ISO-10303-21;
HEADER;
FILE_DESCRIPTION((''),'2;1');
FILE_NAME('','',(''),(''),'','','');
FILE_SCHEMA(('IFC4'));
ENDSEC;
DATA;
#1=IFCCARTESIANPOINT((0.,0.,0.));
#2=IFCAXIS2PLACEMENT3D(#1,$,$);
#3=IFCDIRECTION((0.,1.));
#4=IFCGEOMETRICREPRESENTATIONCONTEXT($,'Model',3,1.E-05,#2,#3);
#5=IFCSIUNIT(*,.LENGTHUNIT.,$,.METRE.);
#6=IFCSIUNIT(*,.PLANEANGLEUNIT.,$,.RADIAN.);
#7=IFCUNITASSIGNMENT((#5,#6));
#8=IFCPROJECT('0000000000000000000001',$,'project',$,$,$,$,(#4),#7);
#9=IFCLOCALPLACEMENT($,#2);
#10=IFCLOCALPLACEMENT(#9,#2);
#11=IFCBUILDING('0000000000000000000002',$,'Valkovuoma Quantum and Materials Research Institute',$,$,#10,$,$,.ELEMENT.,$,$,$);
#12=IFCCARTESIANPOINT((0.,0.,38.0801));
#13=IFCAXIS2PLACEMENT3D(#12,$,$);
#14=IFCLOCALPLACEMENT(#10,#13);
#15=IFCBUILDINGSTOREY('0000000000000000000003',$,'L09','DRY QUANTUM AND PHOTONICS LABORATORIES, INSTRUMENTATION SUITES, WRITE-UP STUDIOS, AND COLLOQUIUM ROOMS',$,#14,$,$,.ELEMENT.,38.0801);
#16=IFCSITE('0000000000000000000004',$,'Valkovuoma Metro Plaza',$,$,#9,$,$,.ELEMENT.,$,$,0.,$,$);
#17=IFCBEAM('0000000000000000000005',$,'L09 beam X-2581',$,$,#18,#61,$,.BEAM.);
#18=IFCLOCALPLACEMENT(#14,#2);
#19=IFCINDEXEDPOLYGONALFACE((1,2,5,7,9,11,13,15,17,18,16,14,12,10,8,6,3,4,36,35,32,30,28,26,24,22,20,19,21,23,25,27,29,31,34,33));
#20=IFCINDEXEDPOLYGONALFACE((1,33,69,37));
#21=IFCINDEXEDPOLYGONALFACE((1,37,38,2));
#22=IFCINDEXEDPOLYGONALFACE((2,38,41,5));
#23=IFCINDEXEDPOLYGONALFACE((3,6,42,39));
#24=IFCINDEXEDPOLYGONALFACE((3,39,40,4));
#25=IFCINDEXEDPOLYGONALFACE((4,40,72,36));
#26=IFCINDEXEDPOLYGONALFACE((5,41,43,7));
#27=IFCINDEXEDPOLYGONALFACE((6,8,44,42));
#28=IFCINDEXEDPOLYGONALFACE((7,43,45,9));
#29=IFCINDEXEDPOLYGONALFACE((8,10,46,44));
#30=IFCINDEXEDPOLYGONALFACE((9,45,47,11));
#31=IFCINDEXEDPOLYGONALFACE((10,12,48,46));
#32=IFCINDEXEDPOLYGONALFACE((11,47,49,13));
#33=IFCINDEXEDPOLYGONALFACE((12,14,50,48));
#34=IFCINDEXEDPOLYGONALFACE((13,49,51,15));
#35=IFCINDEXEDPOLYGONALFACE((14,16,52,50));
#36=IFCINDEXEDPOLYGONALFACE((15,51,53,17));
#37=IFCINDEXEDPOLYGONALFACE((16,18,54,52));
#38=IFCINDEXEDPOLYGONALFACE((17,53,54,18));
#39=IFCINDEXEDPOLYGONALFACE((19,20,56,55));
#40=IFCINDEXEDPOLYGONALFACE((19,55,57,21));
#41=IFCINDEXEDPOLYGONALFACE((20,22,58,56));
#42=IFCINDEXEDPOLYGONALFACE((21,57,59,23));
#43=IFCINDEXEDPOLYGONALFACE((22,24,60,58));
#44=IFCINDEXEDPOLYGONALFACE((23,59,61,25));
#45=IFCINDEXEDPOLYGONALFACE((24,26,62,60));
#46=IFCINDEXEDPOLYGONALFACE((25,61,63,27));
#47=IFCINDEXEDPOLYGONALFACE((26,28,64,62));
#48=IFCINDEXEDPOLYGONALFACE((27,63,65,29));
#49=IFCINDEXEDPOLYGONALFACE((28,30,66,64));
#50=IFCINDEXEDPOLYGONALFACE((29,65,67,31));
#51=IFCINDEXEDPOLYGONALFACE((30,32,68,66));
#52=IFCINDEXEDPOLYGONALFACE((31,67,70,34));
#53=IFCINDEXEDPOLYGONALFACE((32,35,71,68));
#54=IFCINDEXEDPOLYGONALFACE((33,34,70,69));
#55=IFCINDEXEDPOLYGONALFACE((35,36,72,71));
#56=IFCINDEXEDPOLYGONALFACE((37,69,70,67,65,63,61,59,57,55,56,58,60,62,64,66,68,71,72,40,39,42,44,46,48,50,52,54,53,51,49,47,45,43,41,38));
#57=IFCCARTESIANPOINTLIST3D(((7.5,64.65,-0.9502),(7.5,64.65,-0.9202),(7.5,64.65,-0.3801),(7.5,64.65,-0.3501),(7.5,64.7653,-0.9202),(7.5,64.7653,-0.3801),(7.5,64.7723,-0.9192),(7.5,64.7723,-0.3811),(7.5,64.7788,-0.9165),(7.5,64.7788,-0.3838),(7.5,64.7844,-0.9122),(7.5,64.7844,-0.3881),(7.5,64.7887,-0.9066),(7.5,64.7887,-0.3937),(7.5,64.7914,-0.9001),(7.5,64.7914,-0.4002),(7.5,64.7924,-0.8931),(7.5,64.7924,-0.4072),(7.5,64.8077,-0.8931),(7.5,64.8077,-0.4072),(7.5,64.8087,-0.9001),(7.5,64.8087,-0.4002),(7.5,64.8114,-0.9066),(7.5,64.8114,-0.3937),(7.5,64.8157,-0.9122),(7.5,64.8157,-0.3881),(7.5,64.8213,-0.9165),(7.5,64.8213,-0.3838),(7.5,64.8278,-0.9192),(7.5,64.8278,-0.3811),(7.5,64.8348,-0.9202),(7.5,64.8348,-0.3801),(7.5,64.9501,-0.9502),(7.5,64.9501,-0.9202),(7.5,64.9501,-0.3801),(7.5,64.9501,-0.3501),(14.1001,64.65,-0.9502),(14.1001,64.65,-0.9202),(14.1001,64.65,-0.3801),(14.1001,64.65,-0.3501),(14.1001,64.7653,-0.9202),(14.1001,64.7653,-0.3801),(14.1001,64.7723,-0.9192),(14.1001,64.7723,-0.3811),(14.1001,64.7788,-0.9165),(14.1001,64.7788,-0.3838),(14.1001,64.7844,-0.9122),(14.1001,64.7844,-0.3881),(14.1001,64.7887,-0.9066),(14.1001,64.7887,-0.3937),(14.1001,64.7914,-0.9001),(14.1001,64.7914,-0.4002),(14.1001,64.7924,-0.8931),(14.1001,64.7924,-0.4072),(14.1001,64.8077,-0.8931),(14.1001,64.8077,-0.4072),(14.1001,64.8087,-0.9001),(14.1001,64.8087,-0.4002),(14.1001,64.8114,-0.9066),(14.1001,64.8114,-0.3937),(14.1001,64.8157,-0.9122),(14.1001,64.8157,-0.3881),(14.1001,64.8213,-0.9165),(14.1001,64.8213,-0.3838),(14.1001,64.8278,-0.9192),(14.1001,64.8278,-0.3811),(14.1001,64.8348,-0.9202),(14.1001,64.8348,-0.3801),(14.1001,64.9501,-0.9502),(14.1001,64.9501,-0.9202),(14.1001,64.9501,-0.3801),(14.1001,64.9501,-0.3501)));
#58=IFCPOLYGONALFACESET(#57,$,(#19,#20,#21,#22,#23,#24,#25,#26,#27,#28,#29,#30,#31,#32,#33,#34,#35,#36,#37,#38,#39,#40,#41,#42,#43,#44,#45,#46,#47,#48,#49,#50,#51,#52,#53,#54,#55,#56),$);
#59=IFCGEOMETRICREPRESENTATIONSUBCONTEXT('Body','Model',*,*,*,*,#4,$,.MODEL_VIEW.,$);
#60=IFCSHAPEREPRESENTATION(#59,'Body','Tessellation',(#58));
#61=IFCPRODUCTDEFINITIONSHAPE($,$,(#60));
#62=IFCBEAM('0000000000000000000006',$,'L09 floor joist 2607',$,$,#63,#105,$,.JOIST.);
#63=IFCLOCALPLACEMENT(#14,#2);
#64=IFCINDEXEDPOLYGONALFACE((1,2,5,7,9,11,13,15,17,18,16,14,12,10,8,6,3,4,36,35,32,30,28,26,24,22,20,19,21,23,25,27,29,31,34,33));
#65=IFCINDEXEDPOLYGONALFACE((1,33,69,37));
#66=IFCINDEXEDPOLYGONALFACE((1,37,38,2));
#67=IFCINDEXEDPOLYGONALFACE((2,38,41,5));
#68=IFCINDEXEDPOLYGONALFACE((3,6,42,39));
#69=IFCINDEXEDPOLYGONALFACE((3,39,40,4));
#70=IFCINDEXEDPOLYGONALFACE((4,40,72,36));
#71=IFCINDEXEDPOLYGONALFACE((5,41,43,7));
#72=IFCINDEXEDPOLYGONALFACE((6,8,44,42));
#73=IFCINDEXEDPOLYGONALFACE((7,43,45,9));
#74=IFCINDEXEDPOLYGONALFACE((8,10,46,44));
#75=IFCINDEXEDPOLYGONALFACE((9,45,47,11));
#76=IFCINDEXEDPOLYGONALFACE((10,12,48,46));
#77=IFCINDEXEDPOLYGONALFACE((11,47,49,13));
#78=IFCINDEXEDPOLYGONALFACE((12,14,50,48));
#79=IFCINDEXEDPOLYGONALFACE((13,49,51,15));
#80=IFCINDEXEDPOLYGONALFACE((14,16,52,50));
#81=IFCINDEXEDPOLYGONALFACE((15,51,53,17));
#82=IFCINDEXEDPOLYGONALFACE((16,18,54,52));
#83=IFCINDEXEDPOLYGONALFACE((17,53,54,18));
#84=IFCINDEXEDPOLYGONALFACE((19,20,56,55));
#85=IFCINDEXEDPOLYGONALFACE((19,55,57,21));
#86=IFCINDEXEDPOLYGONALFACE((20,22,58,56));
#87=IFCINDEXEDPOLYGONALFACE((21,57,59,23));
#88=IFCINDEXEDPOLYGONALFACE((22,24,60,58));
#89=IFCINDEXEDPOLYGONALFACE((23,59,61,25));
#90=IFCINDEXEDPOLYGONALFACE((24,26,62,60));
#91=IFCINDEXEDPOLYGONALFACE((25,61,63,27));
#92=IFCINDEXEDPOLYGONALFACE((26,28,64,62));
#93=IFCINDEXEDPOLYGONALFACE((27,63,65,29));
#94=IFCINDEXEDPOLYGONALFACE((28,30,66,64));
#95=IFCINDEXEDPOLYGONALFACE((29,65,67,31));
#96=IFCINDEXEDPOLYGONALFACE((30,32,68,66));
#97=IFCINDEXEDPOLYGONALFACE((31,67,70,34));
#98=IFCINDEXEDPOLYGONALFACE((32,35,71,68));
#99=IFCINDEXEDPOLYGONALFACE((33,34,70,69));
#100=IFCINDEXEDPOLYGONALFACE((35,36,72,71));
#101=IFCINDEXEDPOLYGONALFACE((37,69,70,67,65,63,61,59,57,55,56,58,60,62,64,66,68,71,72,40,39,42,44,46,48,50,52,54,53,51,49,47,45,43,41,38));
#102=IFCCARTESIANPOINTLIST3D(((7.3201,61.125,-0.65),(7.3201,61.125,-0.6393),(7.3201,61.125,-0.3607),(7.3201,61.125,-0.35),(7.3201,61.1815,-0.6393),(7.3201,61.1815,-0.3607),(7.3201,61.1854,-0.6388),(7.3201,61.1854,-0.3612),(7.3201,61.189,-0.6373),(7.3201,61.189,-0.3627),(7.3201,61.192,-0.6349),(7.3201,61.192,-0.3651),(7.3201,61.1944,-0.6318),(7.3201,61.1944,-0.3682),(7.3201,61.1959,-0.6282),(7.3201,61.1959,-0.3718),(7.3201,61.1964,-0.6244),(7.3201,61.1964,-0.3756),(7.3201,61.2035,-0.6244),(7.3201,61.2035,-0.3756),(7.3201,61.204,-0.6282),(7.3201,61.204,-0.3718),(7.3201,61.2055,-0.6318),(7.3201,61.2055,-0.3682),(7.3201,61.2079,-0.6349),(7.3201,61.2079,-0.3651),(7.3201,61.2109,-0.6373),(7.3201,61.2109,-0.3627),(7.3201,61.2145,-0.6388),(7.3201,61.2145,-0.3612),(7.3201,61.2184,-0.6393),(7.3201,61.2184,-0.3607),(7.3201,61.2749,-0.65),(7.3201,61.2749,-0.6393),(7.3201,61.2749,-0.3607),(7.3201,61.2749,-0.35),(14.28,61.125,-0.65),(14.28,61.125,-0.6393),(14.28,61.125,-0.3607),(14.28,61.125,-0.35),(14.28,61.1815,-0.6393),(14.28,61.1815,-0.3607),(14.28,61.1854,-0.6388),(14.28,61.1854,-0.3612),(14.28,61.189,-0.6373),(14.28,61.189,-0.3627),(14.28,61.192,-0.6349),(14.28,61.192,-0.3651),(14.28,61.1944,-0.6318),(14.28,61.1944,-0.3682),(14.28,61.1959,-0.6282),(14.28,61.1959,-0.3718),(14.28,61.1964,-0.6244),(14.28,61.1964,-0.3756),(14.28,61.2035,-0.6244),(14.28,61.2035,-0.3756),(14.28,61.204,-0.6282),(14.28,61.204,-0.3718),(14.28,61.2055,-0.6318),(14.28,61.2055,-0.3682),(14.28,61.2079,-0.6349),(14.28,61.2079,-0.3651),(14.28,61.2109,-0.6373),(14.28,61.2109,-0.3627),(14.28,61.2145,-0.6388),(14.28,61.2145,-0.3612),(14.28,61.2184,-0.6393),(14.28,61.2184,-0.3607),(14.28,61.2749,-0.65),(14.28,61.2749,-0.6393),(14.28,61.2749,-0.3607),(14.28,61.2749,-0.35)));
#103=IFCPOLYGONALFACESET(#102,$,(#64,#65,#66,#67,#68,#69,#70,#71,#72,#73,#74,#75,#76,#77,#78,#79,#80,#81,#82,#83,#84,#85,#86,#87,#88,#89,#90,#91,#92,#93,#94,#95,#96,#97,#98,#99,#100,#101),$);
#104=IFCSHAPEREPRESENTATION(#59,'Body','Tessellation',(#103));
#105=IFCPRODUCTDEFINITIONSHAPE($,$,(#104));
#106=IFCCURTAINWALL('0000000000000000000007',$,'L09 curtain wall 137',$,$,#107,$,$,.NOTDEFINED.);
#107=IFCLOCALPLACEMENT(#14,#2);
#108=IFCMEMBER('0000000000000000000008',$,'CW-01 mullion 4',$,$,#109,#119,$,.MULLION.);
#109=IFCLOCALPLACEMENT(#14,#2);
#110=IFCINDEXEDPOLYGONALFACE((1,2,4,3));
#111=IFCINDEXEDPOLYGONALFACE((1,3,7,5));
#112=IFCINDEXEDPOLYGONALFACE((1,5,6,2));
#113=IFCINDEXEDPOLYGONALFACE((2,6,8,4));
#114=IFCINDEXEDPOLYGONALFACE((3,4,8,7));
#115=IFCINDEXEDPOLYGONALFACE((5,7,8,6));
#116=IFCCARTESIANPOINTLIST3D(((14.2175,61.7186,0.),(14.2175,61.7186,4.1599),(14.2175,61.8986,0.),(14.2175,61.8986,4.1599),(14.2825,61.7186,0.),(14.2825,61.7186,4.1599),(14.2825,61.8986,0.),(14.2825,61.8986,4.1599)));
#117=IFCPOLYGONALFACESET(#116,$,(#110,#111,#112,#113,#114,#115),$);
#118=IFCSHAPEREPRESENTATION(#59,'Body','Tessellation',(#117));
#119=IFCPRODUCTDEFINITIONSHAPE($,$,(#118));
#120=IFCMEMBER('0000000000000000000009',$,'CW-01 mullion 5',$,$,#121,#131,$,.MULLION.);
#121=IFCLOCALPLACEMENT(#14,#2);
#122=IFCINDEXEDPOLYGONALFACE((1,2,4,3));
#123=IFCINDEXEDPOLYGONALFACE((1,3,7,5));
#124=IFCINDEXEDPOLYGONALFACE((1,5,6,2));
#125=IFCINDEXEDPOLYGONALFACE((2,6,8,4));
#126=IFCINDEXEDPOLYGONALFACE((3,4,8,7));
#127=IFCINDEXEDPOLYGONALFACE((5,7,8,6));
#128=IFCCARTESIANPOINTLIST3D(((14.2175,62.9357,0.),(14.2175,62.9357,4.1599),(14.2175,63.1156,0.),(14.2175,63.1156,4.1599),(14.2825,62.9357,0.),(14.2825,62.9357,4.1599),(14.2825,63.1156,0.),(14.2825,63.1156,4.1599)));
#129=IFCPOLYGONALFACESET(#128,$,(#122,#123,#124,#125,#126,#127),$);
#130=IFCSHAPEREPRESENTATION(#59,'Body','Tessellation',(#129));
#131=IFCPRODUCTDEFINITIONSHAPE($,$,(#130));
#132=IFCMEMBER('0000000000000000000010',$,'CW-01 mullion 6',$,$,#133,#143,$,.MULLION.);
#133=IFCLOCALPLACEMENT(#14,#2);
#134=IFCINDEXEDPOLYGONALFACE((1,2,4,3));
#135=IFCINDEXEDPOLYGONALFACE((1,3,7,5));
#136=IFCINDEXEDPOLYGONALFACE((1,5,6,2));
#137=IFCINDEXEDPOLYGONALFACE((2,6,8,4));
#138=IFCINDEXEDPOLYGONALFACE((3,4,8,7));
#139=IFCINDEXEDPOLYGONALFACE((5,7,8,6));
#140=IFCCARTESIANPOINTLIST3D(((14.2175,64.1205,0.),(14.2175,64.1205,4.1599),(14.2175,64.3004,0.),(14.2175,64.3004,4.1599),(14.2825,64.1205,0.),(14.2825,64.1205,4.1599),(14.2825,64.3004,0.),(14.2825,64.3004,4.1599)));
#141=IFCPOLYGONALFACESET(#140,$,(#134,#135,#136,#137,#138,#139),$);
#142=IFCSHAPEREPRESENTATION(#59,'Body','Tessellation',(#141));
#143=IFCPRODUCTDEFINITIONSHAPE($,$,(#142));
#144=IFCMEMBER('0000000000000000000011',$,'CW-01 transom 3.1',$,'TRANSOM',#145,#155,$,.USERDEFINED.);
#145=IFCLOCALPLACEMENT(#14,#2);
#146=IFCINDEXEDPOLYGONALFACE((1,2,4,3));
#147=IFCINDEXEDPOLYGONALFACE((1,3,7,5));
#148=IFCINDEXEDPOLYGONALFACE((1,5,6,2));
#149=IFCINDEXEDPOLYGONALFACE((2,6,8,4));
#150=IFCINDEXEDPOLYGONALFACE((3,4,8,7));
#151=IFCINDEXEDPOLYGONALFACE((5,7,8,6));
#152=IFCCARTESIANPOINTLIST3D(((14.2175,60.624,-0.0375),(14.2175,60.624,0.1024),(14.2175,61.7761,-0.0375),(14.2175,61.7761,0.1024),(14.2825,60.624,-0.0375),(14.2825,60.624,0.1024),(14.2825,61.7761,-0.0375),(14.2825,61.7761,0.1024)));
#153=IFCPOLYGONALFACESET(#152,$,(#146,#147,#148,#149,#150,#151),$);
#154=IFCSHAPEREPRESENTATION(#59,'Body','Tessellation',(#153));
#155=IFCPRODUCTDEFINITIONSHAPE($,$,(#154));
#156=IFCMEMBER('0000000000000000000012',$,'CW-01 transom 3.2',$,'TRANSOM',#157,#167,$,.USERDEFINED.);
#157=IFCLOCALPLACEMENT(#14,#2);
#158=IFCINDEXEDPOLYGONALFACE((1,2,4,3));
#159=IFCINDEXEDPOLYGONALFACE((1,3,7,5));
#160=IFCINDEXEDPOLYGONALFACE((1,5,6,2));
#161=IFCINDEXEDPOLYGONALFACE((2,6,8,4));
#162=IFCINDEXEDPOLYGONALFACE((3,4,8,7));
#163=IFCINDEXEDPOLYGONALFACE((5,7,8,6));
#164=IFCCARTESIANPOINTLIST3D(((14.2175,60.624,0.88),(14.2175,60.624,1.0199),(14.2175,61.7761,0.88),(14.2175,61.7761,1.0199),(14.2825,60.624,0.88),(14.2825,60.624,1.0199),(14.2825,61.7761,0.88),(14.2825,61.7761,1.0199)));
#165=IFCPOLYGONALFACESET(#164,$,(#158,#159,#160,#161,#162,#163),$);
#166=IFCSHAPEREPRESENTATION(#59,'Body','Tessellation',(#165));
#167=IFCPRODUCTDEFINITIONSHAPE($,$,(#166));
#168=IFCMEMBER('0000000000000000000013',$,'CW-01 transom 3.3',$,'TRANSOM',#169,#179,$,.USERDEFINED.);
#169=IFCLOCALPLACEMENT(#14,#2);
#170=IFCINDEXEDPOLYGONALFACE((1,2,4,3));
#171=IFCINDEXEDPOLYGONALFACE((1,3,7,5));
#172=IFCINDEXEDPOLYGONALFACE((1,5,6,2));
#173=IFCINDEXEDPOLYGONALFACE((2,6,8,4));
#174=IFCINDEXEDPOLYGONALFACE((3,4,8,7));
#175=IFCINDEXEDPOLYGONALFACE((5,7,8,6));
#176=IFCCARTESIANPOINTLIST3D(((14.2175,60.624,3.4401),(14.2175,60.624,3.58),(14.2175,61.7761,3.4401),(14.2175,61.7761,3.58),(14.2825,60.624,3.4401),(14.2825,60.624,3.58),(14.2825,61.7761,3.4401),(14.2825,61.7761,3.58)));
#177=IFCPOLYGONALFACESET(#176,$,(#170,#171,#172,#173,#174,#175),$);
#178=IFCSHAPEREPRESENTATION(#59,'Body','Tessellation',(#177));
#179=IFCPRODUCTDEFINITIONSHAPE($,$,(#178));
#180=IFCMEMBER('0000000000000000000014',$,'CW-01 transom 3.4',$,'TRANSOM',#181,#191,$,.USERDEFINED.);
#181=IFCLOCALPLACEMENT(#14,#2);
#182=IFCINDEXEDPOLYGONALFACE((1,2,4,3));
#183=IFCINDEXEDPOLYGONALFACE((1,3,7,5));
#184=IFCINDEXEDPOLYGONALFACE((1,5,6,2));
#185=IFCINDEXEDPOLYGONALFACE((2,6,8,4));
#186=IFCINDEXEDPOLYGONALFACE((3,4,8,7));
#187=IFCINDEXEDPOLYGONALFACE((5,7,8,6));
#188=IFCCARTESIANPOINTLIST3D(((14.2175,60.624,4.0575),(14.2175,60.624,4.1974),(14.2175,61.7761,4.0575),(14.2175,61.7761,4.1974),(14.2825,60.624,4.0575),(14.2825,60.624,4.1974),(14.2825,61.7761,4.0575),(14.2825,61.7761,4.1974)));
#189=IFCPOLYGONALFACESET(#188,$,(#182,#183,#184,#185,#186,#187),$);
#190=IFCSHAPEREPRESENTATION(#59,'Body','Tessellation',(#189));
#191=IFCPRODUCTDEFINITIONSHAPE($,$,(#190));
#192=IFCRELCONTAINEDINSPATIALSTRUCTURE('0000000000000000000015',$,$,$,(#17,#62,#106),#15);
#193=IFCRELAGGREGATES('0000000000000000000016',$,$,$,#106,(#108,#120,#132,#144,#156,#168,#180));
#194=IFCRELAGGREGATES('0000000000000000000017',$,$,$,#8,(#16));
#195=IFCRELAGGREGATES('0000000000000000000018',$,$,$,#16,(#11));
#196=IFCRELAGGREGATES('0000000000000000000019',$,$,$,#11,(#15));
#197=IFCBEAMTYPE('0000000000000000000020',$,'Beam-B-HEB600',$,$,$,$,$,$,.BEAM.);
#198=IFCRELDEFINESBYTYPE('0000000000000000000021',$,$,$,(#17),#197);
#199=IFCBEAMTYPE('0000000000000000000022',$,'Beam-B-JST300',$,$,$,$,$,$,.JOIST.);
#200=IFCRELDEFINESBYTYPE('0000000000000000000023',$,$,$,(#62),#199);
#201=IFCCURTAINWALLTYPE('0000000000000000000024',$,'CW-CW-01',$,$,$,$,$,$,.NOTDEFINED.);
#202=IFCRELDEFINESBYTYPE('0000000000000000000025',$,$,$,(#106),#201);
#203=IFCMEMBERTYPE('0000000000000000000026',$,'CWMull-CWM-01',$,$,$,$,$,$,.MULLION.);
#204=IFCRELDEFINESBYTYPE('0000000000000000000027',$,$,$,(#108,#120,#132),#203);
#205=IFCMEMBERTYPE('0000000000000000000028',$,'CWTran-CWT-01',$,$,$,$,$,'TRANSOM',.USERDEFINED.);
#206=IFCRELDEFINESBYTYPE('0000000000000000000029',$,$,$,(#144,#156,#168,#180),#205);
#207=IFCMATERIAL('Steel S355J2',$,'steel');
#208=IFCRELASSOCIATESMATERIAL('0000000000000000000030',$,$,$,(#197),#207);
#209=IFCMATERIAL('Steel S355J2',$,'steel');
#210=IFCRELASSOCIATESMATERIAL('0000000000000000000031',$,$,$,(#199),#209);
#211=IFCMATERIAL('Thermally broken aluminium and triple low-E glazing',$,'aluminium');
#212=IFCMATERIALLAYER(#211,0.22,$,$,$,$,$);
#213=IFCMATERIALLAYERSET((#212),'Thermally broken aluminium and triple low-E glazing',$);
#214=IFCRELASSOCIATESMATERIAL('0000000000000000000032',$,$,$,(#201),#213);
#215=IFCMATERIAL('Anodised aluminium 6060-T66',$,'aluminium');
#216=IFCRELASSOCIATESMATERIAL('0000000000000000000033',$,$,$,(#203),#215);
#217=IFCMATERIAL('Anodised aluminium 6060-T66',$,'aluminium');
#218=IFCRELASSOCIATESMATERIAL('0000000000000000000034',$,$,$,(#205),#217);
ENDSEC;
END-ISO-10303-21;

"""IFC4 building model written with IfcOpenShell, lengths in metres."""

from ifc_helpers import new_model, si_unit, direction, frame, origin, origin_2d, place, context, subcontext, project, spatial, rectangle, i_section, extrude, material, layer, layer_set, material_profile, profile_set, type_object, element, aggregate, save


model = new_model("IFC4")

# Units and contexts
model_context = context("Model", 3, precision=1e-05, world=origin(), true_north=direction((0.0, 1.0)))
body_context = subcontext(model_context, "Body", "Model", "MODEL_VIEW")
ifc_project = project(units=[si_unit("LENGTHUNIT", "METRE"), si_unit("PLANEANGLEUNIT", "RADIAN")], contexts=[model_context])

# Site, building, storey
site_placement = place(None, origin())
site = spatial("IfcSite", under=ifc_project, at=site_placement, Name="Valkovuoma Metro Plaza", CompositionType="ELEMENT", RefElevation=0.0)
building_placement = place(site_placement, origin())
building = spatial("IfcBuilding", under=site, at=building_placement, Name="Valkovuoma Quantum and Materials Research Institute", CompositionType="ELEMENT")
storey_placement = place(building_placement, frame((0.0, 0.0, 38.0801)))
storey = spatial("IfcBuildingStorey", under=building, at=storey_placement, Name="L09", Description="DRY QUANTUM AND PHOTONICS LABORATORIES, INSTRUMENTATION SUITES, WRITE-UP STUDIOS, AND COLLOQUIUM ROOMS", CompositionType="ELEMENT", Elevation=38.0801)

# Beams
ifc_material_1 = material(Name="Steel S355J2", Category="steel")
ifc_material_profile_1 = material_profile(ifc_material_1, i_section(OverallWidth=0.3, OverallDepth=0.6001, WebThickness=0.0154, FlangeThickness=0.03, FilletRadius=0.0271, at=origin_2d()), Name="Steel S355J2")
ifc_profile_set_1 = profile_set([ifc_material_profile_1], Name="Steel S355J2")
beam_type_1 = type_object("IfcBeamType", Name="Beam-B-HEB600", PredefinedType="BEAM", material=ifc_profile_set_1)
beam_1_placement = place(storey_placement, frame((7.5, 64.8, -0.6501), z_axis=(1.0, 0.0, 0.0), x_axis=(0.0, 1.0, 0.0)))
element("IfcBeam", 1, at=beam_1_placement, inside=storey, type_object=beam_type_1, Name="L09 beam X-2581", PredefinedType="BEAM", context=body_context, shape_type="SweptSolid", body=[
    extrude(i_section(OverallWidth=0.3, OverallDepth=0.6001, WebThickness=0.0154, FlangeThickness=0.03, FilletRadius=0.0271, at=origin_2d()), origin(), (0.0, 0.0, 1.0), 6.6001),
])
ifc_material_2 = material(Name="Steel S355J2", Category="steel")
ifc_material_profile_2 = material_profile(ifc_material_2, i_section(OverallWidth=0.1499, OverallDepth=0.3, WebThickness=0.0071, FlangeThickness=0.0107, FilletRadius=0.0149, at=origin_2d()), Name="Steel S355J2")
ifc_profile_set_2 = profile_set([ifc_material_profile_2], Name="Steel S355J2")
beam_type_2 = type_object("IfcBeamType", Name="Beam-B-JST300", PredefinedType="JOIST", material=ifc_profile_set_2)
beam_2_placement = place(storey_placement, frame((7.3201, 61.2, -0.5), z_axis=(1.0, 0.0, 0.0), x_axis=(0.0, 1.0, 0.0)))
element("IfcBeam", 2, at=beam_2_placement, inside=storey, type_object=beam_type_2, Name="L09 floor joist 2607", PredefinedType="JOIST", context=body_context, shape_type="SweptSolid", body=[
    extrude(i_section(OverallWidth=0.1499, OverallDepth=0.3, WebThickness=0.0071, FlangeThickness=0.0107, FilletRadius=0.0149, at=origin_2d()), origin(), (0.0, 0.0, 1.0), 6.96),
])

# Curtain wall, members
ifc_material_3 = material(Name="Thermally broken aluminium and triple low-E glazing", Category="aluminium")
ifc_layer_1 = layer(ifc_material_3, 0.22)
ifc_layer_set_1 = layer_set([ifc_layer_1], Name="Thermally broken aluminium and triple low-E glazing")
curtain_wall_type = type_object("IfcCurtainWallType", Name="CW-CW-01", PredefinedType="NOTDEFINED", material=ifc_layer_set_1)
curtain_wall_placement = place(storey_placement, origin())
curtain_wall = element("IfcCurtainWall", 3, at=curtain_wall_placement, inside=storey, type_object=curtain_wall_type, Name="L09 curtain wall 137", PredefinedType="NOTDEFINED")
ifc_material_4 = material(Name="Anodised aluminium 6060-T66", Category="aluminium")
ifc_material_profile_3 = material_profile(ifc_material_4, rectangle(XDim=0.0649, YDim=0.1799, at=origin_2d()), Name="Anodised aluminium 6060-T66")
ifc_profile_set_3 = profile_set([ifc_material_profile_3], Name="Anodised aluminium 6060-T66")
member_type_1 = type_object("IfcMemberType", Name="CWMull-CWM-01", PredefinedType="MULLION", material=ifc_profile_set_3)
member_1_placement = place(storey_placement, frame((14.25, 61.8086, 0.0), z_axis=(0.0, 0.0, 1.0), x_axis=(-1.0, 0.0, 0.0)))
member_1 = element("IfcMember", 4, at=member_1_placement, type_object=member_type_1, Name="CW-01 mullion 4", PredefinedType="MULLION", context=body_context, shape_type="SweptSolid", body=[
    extrude(rectangle(XDim=0.0649, YDim=0.1799, at=origin_2d()), origin(), (0.0, 0.0, 1.0), 4.1599),
])
member_2_placement = place(storey_placement, frame((14.25, 63.0256, 0.0), z_axis=(0.0, 0.0, 1.0), x_axis=(-1.0, 0.0, 0.0)))
member_2 = element("IfcMember", 5, at=member_2_placement, type_object=member_type_1, Name="CW-01 mullion 5", PredefinedType="MULLION", context=body_context, shape_type="SweptSolid", body=[
    extrude(rectangle(XDim=0.0649, YDim=0.1799, at=origin_2d()), origin(), (0.0, 0.0, 1.0), 4.1599),
])
member_3_placement = place(storey_placement, frame((14.25, 64.2104, 0.0), z_axis=(0.0, 0.0, 1.0), x_axis=(-1.0, 0.0, 0.0)))
member_3 = element("IfcMember", 6, at=member_3_placement, type_object=member_type_1, Name="CW-01 mullion 6", PredefinedType="MULLION", context=body_context, shape_type="SweptSolid", body=[
    extrude(rectangle(XDim=0.0649, YDim=0.1799, at=origin_2d()), origin(), (0.0, 0.0, 1.0), 4.1599),
])
ifc_material_5 = material(Name="Anodised aluminium 6060-T66", Category="aluminium")
ifc_material_profile_4 = material_profile(ifc_material_5, rectangle(XDim=0.0649, YDim=0.1399, at=origin_2d()), Name="Anodised aluminium 6060-T66")
ifc_profile_set_4 = profile_set([ifc_material_profile_4], Name="Anodised aluminium 6060-T66")
member_type_2 = type_object("IfcMemberType", Name="CWTran-CWT-01", ElementType="TRANSOM", PredefinedType="USERDEFINED", material=ifc_profile_set_4)
member_4_placement = place(storey_placement, frame((14.25, 60.624, 0.0325), z_axis=(0.0, 1.0, 0.0), x_axis=(-1.0, 0.0, 0.0)))
member_4 = element("IfcMember", 7, at=member_4_placement, type_object=member_type_2, Name="CW-01 transom 3.1", ObjectType="TRANSOM", PredefinedType="USERDEFINED", context=body_context, shape_type="SweptSolid", body=[
    extrude(rectangle(XDim=0.0649, YDim=0.1399, at=origin_2d()), origin(), (0.0, 0.0, 1.0), 1.1521),
])
member_5_placement = place(storey_placement, frame((14.25, 60.624, 0.95), z_axis=(0.0, 1.0, 0.0), x_axis=(-1.0, 0.0, 0.0)))
member_5 = element("IfcMember", 8, at=member_5_placement, type_object=member_type_2, Name="CW-01 transom 3.2", ObjectType="TRANSOM", PredefinedType="USERDEFINED", context=body_context, shape_type="SweptSolid", body=[
    extrude(rectangle(XDim=0.0649, YDim=0.1399, at=origin_2d()), origin(), (0.0, 0.0, 1.0), 1.1521),
])
member_6_placement = place(storey_placement, frame((14.25, 60.624, 3.51), z_axis=(0.0, 1.0, 0.0), x_axis=(-1.0, 0.0, 0.0)))
member_6 = element("IfcMember", 9, at=member_6_placement, type_object=member_type_2, Name="CW-01 transom 3.3", ObjectType="TRANSOM", PredefinedType="USERDEFINED", context=body_context, shape_type="SweptSolid", body=[
    extrude(rectangle(XDim=0.0649, YDim=0.1399, at=origin_2d()), origin(), (0.0, 0.0, 1.0), 1.1521),
])
member_7_placement = place(storey_placement, frame((14.25, 60.624, 4.1274), z_axis=(0.0, 1.0, 0.0), x_axis=(-1.0, 0.0, 0.0)))
member_7 = element("IfcMember", 10, at=member_7_placement, type_object=member_type_2, Name="CW-01 transom 3.4", ObjectType="TRANSOM", PredefinedType="USERDEFINED", context=body_context, shape_type="SweptSolid", body=[
    extrude(rectangle(XDim=0.0649, YDim=0.1399, at=origin_2d()), origin(), (0.0, 0.0, 1.0), 1.1521),
])
aggregate(curtain_wall, [member_1, member_2, member_3, member_4, member_5, member_6, member_7])

save(model, "model.ifc")
